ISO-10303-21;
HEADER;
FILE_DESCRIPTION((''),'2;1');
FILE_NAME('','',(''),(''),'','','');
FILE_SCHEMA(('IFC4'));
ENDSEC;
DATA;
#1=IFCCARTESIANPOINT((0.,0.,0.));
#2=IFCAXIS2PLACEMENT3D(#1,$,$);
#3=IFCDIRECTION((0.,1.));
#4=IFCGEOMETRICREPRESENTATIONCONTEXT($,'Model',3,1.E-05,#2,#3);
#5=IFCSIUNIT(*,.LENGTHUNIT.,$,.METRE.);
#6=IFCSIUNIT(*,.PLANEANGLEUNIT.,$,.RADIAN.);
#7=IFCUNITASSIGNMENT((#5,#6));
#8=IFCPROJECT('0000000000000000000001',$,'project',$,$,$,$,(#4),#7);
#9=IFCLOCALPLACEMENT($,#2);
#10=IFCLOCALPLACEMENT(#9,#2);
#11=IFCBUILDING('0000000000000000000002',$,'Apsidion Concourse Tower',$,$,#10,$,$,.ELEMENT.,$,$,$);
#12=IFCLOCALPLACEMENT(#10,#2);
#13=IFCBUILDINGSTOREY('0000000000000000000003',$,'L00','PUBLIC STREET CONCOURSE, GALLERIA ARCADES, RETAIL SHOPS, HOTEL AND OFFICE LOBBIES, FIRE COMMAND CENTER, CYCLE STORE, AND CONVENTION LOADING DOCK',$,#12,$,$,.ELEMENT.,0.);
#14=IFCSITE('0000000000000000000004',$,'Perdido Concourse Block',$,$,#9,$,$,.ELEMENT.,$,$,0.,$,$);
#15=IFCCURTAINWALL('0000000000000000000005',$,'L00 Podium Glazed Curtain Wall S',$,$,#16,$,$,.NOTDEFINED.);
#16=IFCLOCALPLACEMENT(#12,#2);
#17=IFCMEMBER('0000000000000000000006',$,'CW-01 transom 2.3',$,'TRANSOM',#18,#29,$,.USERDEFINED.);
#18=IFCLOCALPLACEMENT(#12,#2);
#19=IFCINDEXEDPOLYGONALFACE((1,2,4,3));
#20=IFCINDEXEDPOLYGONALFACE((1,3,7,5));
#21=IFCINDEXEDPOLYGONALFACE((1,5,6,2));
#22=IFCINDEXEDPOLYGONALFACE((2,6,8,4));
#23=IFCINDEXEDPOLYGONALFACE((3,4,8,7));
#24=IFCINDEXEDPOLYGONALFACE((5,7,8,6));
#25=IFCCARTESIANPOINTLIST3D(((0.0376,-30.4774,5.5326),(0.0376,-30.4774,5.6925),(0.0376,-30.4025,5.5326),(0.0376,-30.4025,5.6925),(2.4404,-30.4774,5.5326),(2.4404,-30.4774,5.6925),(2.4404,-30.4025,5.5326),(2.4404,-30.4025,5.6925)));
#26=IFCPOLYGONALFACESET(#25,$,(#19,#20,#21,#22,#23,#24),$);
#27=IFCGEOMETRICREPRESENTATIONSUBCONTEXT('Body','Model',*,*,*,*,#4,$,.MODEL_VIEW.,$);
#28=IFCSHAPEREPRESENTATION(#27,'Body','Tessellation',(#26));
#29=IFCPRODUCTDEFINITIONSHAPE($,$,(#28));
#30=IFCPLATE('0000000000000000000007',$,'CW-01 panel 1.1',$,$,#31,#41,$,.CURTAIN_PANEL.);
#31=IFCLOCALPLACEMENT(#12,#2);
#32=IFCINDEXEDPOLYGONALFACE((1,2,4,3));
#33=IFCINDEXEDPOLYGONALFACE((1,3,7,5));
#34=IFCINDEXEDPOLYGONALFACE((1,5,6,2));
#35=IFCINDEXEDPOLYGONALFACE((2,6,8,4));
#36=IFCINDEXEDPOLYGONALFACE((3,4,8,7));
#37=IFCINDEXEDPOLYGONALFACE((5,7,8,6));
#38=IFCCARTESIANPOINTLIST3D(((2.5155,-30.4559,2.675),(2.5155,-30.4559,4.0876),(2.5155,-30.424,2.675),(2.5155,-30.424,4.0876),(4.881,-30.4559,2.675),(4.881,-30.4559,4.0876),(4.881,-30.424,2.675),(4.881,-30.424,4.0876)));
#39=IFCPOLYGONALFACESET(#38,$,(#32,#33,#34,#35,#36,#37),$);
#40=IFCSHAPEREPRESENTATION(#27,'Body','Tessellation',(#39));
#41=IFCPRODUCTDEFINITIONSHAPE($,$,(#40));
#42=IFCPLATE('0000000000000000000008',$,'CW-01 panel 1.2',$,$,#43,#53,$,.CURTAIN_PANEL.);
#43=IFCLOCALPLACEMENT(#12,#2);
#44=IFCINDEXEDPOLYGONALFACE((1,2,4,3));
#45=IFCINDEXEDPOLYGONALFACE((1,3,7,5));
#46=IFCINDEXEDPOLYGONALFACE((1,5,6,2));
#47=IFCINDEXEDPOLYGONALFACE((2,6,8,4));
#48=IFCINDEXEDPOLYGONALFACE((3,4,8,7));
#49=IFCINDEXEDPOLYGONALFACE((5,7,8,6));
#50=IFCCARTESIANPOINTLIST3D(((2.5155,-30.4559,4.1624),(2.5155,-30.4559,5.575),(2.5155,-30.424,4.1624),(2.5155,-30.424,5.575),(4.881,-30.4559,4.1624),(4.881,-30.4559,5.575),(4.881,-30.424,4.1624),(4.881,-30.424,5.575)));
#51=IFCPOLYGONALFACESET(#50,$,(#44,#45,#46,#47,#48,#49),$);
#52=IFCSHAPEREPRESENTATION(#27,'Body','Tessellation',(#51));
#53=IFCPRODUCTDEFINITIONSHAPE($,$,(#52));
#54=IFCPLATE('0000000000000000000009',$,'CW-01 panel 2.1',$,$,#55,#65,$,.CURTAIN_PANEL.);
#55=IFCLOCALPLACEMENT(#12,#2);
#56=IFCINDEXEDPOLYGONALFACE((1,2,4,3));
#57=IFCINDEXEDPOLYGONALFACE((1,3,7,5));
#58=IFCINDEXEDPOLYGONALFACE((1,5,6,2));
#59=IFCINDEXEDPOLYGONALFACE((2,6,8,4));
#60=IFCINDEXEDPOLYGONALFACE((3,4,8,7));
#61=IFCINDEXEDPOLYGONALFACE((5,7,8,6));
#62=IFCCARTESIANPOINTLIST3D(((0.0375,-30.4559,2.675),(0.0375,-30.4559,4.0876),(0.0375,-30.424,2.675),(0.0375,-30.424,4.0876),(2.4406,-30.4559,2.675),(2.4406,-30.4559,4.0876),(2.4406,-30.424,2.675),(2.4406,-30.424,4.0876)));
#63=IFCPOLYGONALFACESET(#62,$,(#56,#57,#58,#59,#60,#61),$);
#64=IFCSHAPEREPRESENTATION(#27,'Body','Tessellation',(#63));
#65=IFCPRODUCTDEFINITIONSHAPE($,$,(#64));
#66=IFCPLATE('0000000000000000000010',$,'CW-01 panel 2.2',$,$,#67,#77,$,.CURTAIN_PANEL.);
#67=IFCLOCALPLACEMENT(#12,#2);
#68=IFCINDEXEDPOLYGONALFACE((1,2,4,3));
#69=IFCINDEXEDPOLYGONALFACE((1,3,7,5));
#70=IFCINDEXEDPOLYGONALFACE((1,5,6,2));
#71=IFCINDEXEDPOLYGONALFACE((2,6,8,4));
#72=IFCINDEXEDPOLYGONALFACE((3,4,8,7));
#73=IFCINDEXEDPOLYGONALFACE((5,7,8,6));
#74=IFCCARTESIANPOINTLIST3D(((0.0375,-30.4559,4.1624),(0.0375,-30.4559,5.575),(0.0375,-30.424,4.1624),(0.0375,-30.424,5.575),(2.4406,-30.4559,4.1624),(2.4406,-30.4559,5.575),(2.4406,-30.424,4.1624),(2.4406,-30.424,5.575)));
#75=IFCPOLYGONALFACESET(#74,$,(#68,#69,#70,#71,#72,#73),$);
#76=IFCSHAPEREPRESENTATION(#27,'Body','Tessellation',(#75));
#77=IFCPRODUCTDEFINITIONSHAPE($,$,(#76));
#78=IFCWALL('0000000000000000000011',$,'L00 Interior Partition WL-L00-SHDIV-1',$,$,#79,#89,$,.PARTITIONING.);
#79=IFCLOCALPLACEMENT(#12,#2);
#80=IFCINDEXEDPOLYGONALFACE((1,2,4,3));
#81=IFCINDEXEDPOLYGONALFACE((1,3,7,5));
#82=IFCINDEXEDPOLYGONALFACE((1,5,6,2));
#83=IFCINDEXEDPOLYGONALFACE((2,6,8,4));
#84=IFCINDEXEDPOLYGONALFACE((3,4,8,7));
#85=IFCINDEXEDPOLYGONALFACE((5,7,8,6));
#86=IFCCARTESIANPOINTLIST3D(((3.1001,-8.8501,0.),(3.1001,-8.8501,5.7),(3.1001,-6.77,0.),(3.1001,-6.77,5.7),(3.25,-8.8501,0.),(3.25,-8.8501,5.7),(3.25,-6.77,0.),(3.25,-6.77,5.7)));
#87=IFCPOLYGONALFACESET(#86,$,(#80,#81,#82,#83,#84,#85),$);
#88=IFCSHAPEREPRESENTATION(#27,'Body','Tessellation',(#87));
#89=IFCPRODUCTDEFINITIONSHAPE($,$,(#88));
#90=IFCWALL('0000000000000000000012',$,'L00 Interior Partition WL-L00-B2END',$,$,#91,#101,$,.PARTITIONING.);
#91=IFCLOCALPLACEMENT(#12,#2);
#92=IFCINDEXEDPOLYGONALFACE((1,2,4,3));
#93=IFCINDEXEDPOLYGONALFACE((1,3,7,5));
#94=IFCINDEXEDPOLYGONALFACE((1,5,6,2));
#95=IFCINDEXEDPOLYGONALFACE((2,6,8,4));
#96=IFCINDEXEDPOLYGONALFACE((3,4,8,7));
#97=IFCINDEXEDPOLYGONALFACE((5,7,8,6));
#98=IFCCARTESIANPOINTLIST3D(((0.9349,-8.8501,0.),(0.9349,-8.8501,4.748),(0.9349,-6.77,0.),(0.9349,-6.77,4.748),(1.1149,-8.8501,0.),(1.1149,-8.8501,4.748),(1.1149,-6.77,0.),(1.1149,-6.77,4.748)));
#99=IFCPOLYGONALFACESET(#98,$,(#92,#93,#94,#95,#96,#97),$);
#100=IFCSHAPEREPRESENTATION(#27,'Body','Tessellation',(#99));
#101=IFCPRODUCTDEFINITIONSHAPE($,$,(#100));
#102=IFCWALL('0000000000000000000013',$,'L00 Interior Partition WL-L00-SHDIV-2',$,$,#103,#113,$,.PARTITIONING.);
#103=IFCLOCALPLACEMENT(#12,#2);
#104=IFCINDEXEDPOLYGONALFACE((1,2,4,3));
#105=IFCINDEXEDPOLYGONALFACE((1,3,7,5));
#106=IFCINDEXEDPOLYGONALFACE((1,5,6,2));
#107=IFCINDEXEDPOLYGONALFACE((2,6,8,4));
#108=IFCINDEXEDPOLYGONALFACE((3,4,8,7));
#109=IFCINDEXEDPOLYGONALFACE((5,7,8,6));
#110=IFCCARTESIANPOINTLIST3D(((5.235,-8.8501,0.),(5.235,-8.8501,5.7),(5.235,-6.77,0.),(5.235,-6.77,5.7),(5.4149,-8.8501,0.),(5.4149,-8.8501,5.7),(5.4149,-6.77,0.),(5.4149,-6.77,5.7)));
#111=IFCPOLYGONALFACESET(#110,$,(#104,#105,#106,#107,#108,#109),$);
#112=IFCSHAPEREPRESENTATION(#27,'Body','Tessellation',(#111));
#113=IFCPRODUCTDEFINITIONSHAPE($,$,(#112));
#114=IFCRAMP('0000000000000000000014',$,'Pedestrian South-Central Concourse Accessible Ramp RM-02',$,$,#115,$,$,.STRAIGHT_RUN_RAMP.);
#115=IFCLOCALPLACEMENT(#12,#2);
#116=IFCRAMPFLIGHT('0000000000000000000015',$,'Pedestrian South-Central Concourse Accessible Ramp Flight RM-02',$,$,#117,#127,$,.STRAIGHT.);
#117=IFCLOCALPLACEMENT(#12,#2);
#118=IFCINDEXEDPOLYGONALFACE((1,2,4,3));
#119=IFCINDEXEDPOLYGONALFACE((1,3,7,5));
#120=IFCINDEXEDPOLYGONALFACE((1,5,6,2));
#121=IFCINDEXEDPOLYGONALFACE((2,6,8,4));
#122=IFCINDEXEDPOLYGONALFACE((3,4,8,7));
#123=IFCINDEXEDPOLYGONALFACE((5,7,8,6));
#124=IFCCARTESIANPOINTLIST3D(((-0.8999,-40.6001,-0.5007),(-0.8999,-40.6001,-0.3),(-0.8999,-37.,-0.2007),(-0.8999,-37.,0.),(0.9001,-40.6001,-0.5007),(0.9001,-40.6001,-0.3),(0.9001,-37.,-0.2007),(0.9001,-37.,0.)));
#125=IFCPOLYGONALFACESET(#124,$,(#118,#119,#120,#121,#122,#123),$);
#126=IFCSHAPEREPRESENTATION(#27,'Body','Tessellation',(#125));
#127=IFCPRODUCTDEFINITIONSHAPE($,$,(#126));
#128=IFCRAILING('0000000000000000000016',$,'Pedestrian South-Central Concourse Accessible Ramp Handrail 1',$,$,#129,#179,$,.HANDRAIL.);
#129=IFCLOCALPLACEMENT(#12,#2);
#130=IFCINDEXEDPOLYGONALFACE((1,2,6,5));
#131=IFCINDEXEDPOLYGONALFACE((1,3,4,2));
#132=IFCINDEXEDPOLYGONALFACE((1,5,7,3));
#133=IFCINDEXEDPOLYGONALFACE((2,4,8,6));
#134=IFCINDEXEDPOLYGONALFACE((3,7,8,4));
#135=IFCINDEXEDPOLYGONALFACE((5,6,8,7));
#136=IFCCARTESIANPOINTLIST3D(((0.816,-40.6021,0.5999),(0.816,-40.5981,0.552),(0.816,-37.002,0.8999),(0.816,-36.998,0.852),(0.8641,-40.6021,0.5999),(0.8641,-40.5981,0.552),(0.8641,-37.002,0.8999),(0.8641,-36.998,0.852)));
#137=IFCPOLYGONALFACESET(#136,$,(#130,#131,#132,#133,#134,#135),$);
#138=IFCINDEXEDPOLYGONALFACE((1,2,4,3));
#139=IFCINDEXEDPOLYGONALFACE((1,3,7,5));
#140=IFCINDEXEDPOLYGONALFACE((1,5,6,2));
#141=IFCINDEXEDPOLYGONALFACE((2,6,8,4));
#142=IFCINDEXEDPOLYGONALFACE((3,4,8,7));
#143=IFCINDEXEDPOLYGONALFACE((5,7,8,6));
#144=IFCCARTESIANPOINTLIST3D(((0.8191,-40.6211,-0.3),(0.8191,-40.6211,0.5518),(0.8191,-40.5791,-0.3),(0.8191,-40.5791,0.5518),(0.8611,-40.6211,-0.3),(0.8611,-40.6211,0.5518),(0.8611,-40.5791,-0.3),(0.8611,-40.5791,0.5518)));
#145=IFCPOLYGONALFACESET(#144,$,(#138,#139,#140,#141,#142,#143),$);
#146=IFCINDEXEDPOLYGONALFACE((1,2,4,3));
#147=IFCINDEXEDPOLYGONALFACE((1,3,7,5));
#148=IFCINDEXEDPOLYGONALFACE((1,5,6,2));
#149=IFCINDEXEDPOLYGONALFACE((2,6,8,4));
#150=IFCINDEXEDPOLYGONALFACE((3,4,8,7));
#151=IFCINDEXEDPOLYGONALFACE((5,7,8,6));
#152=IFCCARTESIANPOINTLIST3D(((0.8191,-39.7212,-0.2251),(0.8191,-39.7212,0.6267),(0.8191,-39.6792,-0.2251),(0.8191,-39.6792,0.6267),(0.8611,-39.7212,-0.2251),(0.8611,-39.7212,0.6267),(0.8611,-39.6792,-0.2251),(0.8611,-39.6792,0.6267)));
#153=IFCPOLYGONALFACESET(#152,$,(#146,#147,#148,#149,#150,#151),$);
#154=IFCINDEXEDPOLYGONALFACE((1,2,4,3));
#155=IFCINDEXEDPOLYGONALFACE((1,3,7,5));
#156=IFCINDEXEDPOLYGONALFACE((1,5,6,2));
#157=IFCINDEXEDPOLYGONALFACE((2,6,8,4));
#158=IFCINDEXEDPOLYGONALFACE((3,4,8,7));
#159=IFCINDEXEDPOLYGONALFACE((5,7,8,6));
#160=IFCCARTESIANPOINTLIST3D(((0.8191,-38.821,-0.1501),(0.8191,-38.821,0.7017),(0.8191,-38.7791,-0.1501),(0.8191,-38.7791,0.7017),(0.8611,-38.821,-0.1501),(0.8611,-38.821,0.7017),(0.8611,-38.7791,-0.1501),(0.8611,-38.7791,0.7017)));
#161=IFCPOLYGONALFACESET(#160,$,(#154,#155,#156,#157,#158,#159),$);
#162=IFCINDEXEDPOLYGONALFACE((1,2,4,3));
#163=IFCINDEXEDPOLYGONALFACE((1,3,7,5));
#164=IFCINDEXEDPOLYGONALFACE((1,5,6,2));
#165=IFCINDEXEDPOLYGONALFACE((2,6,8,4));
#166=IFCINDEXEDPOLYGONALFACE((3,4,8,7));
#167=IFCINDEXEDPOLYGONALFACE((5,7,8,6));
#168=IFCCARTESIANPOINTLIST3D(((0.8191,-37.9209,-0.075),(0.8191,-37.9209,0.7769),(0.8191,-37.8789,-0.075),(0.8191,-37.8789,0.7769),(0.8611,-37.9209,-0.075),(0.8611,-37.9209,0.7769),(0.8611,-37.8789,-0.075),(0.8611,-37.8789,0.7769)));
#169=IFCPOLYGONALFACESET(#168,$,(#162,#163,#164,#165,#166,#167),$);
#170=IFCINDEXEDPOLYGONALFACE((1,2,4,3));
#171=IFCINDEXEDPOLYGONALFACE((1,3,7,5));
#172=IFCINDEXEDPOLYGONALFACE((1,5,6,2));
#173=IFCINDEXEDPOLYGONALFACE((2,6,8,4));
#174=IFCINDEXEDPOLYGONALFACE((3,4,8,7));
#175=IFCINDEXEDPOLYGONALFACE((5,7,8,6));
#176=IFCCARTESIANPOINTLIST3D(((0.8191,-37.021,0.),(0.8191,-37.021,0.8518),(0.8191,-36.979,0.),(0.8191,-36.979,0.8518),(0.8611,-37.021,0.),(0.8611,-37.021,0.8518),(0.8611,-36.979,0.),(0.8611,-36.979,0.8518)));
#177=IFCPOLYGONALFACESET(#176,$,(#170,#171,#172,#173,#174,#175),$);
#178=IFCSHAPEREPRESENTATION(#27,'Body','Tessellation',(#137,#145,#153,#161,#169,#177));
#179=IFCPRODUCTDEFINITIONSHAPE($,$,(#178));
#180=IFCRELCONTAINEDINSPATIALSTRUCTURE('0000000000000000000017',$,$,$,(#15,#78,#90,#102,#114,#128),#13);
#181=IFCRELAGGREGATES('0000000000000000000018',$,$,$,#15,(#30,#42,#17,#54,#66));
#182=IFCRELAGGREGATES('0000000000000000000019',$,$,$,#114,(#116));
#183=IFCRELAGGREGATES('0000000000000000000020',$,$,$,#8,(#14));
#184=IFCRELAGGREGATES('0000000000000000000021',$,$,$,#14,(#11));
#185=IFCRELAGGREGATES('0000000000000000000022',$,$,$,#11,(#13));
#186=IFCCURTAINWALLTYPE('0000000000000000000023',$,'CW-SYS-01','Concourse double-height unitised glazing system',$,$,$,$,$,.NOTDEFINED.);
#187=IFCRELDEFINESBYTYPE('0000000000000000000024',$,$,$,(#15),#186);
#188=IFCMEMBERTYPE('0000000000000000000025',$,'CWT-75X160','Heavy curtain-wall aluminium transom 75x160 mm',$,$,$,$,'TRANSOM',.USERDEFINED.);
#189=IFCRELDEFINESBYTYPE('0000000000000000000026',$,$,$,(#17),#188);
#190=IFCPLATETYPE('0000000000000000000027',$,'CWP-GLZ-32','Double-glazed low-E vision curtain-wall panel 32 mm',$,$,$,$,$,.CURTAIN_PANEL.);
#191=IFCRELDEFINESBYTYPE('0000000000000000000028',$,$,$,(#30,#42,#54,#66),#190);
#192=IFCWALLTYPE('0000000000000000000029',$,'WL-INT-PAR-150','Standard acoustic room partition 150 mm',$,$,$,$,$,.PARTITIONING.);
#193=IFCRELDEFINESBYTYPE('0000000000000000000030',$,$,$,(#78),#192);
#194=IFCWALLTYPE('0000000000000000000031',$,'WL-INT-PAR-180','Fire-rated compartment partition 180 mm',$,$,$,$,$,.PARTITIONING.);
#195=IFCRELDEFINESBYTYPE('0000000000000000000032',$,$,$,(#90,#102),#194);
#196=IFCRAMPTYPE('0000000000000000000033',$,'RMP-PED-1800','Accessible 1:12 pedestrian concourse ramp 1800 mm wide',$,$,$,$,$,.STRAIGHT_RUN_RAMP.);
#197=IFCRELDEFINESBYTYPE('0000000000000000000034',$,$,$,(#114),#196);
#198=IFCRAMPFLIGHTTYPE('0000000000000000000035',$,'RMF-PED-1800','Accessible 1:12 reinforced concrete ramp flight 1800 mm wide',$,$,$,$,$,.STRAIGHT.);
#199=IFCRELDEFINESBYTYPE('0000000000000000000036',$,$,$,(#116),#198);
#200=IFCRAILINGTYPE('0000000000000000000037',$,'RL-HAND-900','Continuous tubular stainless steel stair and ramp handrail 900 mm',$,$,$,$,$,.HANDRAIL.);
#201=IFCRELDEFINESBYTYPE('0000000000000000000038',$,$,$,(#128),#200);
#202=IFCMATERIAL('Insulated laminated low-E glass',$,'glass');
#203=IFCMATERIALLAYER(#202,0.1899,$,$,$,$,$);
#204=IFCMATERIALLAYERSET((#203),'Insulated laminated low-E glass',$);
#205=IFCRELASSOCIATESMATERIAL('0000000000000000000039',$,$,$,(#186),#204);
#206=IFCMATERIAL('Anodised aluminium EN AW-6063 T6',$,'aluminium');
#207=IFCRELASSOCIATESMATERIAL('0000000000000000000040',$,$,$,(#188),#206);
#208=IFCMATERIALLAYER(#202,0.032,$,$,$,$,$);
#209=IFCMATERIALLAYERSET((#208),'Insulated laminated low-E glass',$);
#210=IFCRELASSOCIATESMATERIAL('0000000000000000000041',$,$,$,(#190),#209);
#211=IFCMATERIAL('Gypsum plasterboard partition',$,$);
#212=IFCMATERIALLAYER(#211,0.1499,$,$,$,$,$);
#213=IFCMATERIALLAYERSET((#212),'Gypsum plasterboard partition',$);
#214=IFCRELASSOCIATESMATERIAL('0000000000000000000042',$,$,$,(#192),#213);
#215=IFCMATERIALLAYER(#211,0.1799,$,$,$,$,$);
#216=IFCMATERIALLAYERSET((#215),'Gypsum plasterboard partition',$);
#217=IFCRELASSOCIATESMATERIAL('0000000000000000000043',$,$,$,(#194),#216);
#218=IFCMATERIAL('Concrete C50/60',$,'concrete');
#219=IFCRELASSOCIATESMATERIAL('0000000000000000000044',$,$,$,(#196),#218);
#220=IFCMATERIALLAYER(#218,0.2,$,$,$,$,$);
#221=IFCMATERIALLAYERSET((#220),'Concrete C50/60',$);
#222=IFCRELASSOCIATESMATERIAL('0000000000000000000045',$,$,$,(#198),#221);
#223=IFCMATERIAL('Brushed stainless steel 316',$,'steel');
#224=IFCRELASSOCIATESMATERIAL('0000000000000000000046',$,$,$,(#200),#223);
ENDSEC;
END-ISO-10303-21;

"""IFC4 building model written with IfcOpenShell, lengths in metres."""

from ifc_helpers import new_model, si_unit, direction, frame, frame_2d, origin, origin_2d, place, context, subcontext, project, spatial, polyline, rectangle, outline, extrude, material, layer, layer_set, material_profile, profile_set, type_object, element, aggregate, save


model = new_model("IFC4")

# Units and contexts
model_context = context("Model", 3, precision=1e-05, world=origin(), true_north=direction((0.0, 1.0)))
body_context = subcontext(model_context, "Body", "Model", "MODEL_VIEW")
ifc_project = project(units=[si_unit("LENGTHUNIT", "METRE"), si_unit("PLANEANGLEUNIT", "RADIAN")], contexts=[model_context])

# Site, building, storey
site_placement = place(None, origin())
site = spatial("IfcSite", under=ifc_project, at=site_placement, Name="Perdido Concourse Block", CompositionType="ELEMENT", RefElevation=0.0)
building_placement = place(site_placement, origin())
building = spatial("IfcBuilding", under=site, at=building_placement, Name="Apsidion Concourse Tower", CompositionType="ELEMENT")
storey_placement = place(building_placement, origin())
storey = spatial("IfcBuildingStorey", under=building, at=storey_placement, Name="L00", Description="PUBLIC STREET CONCOURSE, GALLERIA ARCADES, RETAIL SHOPS, HOTEL AND OFFICE LOBBIES, FIRE COMMAND CENTER, CYCLE STORE, AND CONVENTION LOADING DOCK", CompositionType="ELEMENT", Elevation=0.0)

# Curtain wall, member, plates
ifc_material_1 = material(Name="Insulated laminated low-E glass", Category="glass")
ifc_layer_1 = layer(ifc_material_1, 0.1899)
ifc_layer_set_1 = layer_set([ifc_layer_1], Name="Insulated laminated low-E glass")
curtain_wall_type = type_object("IfcCurtainWallType", Name="CW-SYS-01", Description="Concourse double-height unitised glazing system", PredefinedType="NOTDEFINED", material=ifc_layer_set_1)
curtain_wall_placement = place(storey_placement, origin())
curtain_wall = element("IfcCurtainWall", 1, at=curtain_wall_placement, inside=storey, type_object=curtain_wall_type, Name="L00 Podium Glazed Curtain Wall S", PredefinedType="NOTDEFINED")
ifc_material_2 = material(Name="Anodised aluminium EN AW-6063 T6", Category="aluminium")
ifc_material_profile_1 = material_profile(ifc_material_2, rectangle(XDim=0.075, YDim=0.1599, at=origin_2d()), Name="ALU TRANSOM 75x160")
ifc_profile_set_1 = profile_set([ifc_material_profile_1], Name="Anodised aluminium EN AW-6063 T6")
member_type_1 = type_object("IfcMemberType", Name="CWT-75X160", Description="Heavy curtain-wall aluminium transom 75x160 mm", ElementType="TRANSOM", PredefinedType="USERDEFINED", material=ifc_profile_set_1)
member_1_placement = place(storey_placement, frame((2.4404, -30.4399, 5.6125), z_axis=(-1.0, 0.0, 0.0), x_axis=(0.0, -1.0, 0.0)))
member_1 = element("IfcMember", 2, at=member_1_placement, type_object=member_type_1, Name="CW-01 transom 2.3", ObjectType="TRANSOM", PredefinedType="USERDEFINED", context=body_context, shape_type="SweptSolid", body=[
    extrude(rectangle(XDim=0.075, YDim=0.1599, at=origin_2d()), origin(), (0.0, 0.0, 1.0), 2.4028),
])
ifc_layer_2 = layer(ifc_material_1, 0.032)
ifc_layer_set_2 = layer_set([ifc_layer_2], Name="Insulated laminated low-E glass")
plate_type = type_object("IfcPlateType", Name="CWP-GLZ-32", Description="Double-glazed low-E vision curtain-wall panel 32 mm", PredefinedType="CURTAIN_PANEL", material=ifc_layer_set_2)
plate_1_placement = place(storey_placement, frame((3.6982, -30.4399, 2.675), z_axis=(0.0, 0.0, 1.0), x_axis=(-1.0, 0.0, 0.0)))
plate_1 = element("IfcPlate", 3, at=plate_1_placement, type_object=plate_type, Name="CW-01 panel 1.1", PredefinedType="CURTAIN_PANEL", context=body_context, shape_type="SweptSolid", body=[
    extrude(rectangle(XDim=2.3655, YDim=0.032, at=origin_2d()), origin(), (0.0, 0.0, 1.0), 1.4126),
])
plate_2_placement = place(storey_placement, frame((3.6982, -30.4399, 4.1624), z_axis=(0.0, 0.0, 1.0), x_axis=(-1.0, 0.0, 0.0)))
plate_2 = element("IfcPlate", 4, at=plate_2_placement, type_object=plate_type, Name="CW-01 panel 1.2", PredefinedType="CURTAIN_PANEL", context=body_context, shape_type="SweptSolid", body=[
    extrude(rectangle(XDim=2.3655, YDim=0.032, at=origin_2d()), origin(), (0.0, 0.0, 1.0), 1.4126),
])
plate_3_placement = place(storey_placement, frame((1.239, -30.4399, 2.675), z_axis=(0.0, 0.0, 1.0), x_axis=(-1.0, 0.0, 0.0)))
plate_3 = element("IfcPlate", 5, at=plate_3_placement, type_object=plate_type, Name="CW-01 panel 2.1", PredefinedType="CURTAIN_PANEL", context=body_context, shape_type="SweptSolid", body=[
    extrude(rectangle(XDim=2.4031, YDim=0.032, at=origin_2d()), origin(), (0.0, 0.0, 1.0), 1.4126),
])
plate_4_placement = place(storey_placement, frame((1.239, -30.4399, 4.1624), z_axis=(0.0, 0.0, 1.0), x_axis=(-1.0, 0.0, 0.0)))
plate_4 = element("IfcPlate", 6, at=plate_4_placement, type_object=plate_type, Name="CW-01 panel 2.2", PredefinedType="CURTAIN_PANEL", context=body_context, shape_type="SweptSolid", body=[
    extrude(rectangle(XDim=2.4031, YDim=0.032, at=origin_2d()), origin(), (0.0, 0.0, 1.0), 1.4126),
])
aggregate(curtain_wall, [plate_1, plate_2, member_1, plate_3, plate_4])

# Walls
ifc_material_3 = material(Name="Gypsum plasterboard partition")
ifc_layer_3 = layer(ifc_material_3, 0.1499)
ifc_layer_set_3 = layer_set([ifc_layer_3], Name="Gypsum plasterboard partition")
wall_type_1 = type_object("IfcWallType", Name="WL-INT-PAR-150", Description="Standard acoustic room partition 150 mm", PredefinedType="PARTITIONING", material=ifc_layer_set_3)
wall_1_placement = place(storey_placement, frame((3.175, -8.8501, 0.0), z_axis=(0.0, 0.0, 1.0), x_axis=(0.0, 1.0, 0.0)))
element("IfcWall", 7, at=wall_1_placement, inside=storey, type_object=wall_type_1, Name="L00 Interior Partition WL-L00-SHDIV-1", PredefinedType="PARTITIONING", context=body_context, shape_type="SweptSolid", body=[
    extrude(rectangle(XDim=2.0801, YDim=0.1499, at=frame_2d((1.04, 0.0))), origin(), (0.0, 0.0, 1.0), 5.7),
])
ifc_layer_4 = layer(ifc_material_3, 0.1799)
ifc_layer_set_4 = layer_set([ifc_layer_4], Name="Gypsum plasterboard partition")
wall_type_2 = type_object("IfcWallType", Name="WL-INT-PAR-180", Description="Fire-rated compartment partition 180 mm", PredefinedType="PARTITIONING", material=ifc_layer_set_4)
wall_2_placement = place(storey_placement, frame((1.0249, -8.8501, 0.0), z_axis=(0.0, 0.0, 1.0), x_axis=(0.0, 1.0, 0.0)))
element("IfcWall", 8, at=wall_2_placement, inside=storey, type_object=wall_type_2, Name="L00 Interior Partition WL-L00-B2END", PredefinedType="PARTITIONING", context=body_context, shape_type="SweptSolid", body=[
    extrude(rectangle(XDim=2.0801, YDim=0.1799, at=frame_2d((1.04, 0.0))), origin(), (0.0, 0.0, 1.0), 4.748),
])
wall_3_placement = place(storey_placement, frame((5.325, -8.8501, 0.0), z_axis=(0.0, 0.0, 1.0), x_axis=(0.0, 1.0, 0.0)))
element("IfcWall", 9, at=wall_3_placement, inside=storey, type_object=wall_type_2, Name="L00 Interior Partition WL-L00-SHDIV-2", PredefinedType="PARTITIONING", context=body_context, shape_type="SweptSolid", body=[
    extrude(rectangle(XDim=2.0801, YDim=0.1799, at=frame_2d((1.04, 0.0))), origin(), (0.0, 0.0, 1.0), 5.7),
])

# Ramp, ramp flight
ifc_material_4 = material(Name="Concrete C50/60", Category="concrete")
ramp_type = type_object("IfcRampType", Name="RMP-PED-1800", Description="Accessible 1:12 pedestrian concourse ramp 1800 mm wide", PredefinedType="STRAIGHT_RUN_RAMP", material=ifc_material_4)
ramp_placement = place(storey_placement, origin())
ramp = element("IfcRamp", 10, at=ramp_placement, inside=storey, type_object=ramp_type, Name="Pedestrian South-Central Concourse Accessible Ramp RM-02", PredefinedType="STRAIGHT_RUN_RAMP")
ifc_layer_5 = layer(ifc_material_4, 0.2)
ifc_layer_set_5 = layer_set([ifc_layer_5], Name="Concrete C50/60")
ramp_flight_type = type_object("IfcRampFlightType", Name="RMF-PED-1800", Description="Accessible 1:12 reinforced concrete ramp flight 1800 mm wide", PredefinedType="STRAIGHT", material=ifc_layer_set_5)
ramp_flight_placement = place(storey_placement, frame((0.0, -40.6001, -0.3), z_axis=(0.0, 0.0, 1.0), x_axis=(0.0, 1.0, 0.0)))
ramp_flight = element("IfcRampFlight", 11, at=ramp_flight_placement, type_object=ramp_flight_type, Name="Pedestrian South-Central Concourse Accessible Ramp Flight RM-02", PredefinedType="STRAIGHT", context=body_context, shape_type="SweptSolid", body=[
    extrude(outline(polyline([(0.0, 0.0), (3.6001, 0.3), (3.6001, 0.0994), (0.0, -0.2007), (0.0, 0.0)])), frame((0.0, 0.8999, 0.0), z_axis=(0.0, -1.0, 0.0), x_axis=(1.0, 0.0, 0.0)), (0.0, 0.0, 1.0), 1.8),
])
aggregate(ramp, [ramp_flight])

# Railing
ifc_material_5 = material(Name="Brushed stainless steel 316", Category="steel")
railing_type = type_object("IfcRailingType", Name="RL-HAND-900", Description="Continuous tubular stainless steel stair and ramp handrail 900 mm", PredefinedType="HANDRAIL", material=ifc_material_5)
railing_placement = place(storey_placement, frame((0.8401, -40.6001, -0.3)))
element("IfcRailing", 12, at=railing_placement, inside=storey, type_object=railing_type, Name="Pedestrian South-Central Concourse Accessible Ramp Handrail 1", PredefinedType="HANDRAIL", context=body_context, shape_type="SweptSolid", body=[
    extrude(rectangle(XDim=0.0481, YDim=0.0481, at=origin_2d()), frame((0.0, 0.0, 0.876), z_axis=(0.0, 0.996545, 0.083057), x_axis=(-1.0, 0.0, 0.0)), (0.0, 0.0, 1.0), 3.6125),
    extrude(rectangle(XDim=0.042, YDim=0.042, at=origin_2d()), origin(), (0.0, 0.0, 1.0), 0.8518),
    extrude(rectangle(XDim=0.042, YDim=0.042, at=origin_2d()), frame((0.0, 0.8999, 0.075)), (0.0, 0.0, 1.0), 0.8518),
    extrude(rectangle(XDim=0.042, YDim=0.042, at=origin_2d()), frame((0.0, 1.8, 0.1499)), (0.0, 0.0, 1.0), 0.8518),
    extrude(rectangle(XDim=0.042, YDim=0.042, at=origin_2d()), frame((0.0, 2.7002, 0.2251)), (0.0, 0.0, 1.0), 0.8518),
    extrude(rectangle(XDim=0.042, YDim=0.042, at=origin_2d()), frame((0.0, 3.6001, 0.3)), (0.0, 0.0, 1.0), 0.8518),
])

save(model, "model.ifc")
